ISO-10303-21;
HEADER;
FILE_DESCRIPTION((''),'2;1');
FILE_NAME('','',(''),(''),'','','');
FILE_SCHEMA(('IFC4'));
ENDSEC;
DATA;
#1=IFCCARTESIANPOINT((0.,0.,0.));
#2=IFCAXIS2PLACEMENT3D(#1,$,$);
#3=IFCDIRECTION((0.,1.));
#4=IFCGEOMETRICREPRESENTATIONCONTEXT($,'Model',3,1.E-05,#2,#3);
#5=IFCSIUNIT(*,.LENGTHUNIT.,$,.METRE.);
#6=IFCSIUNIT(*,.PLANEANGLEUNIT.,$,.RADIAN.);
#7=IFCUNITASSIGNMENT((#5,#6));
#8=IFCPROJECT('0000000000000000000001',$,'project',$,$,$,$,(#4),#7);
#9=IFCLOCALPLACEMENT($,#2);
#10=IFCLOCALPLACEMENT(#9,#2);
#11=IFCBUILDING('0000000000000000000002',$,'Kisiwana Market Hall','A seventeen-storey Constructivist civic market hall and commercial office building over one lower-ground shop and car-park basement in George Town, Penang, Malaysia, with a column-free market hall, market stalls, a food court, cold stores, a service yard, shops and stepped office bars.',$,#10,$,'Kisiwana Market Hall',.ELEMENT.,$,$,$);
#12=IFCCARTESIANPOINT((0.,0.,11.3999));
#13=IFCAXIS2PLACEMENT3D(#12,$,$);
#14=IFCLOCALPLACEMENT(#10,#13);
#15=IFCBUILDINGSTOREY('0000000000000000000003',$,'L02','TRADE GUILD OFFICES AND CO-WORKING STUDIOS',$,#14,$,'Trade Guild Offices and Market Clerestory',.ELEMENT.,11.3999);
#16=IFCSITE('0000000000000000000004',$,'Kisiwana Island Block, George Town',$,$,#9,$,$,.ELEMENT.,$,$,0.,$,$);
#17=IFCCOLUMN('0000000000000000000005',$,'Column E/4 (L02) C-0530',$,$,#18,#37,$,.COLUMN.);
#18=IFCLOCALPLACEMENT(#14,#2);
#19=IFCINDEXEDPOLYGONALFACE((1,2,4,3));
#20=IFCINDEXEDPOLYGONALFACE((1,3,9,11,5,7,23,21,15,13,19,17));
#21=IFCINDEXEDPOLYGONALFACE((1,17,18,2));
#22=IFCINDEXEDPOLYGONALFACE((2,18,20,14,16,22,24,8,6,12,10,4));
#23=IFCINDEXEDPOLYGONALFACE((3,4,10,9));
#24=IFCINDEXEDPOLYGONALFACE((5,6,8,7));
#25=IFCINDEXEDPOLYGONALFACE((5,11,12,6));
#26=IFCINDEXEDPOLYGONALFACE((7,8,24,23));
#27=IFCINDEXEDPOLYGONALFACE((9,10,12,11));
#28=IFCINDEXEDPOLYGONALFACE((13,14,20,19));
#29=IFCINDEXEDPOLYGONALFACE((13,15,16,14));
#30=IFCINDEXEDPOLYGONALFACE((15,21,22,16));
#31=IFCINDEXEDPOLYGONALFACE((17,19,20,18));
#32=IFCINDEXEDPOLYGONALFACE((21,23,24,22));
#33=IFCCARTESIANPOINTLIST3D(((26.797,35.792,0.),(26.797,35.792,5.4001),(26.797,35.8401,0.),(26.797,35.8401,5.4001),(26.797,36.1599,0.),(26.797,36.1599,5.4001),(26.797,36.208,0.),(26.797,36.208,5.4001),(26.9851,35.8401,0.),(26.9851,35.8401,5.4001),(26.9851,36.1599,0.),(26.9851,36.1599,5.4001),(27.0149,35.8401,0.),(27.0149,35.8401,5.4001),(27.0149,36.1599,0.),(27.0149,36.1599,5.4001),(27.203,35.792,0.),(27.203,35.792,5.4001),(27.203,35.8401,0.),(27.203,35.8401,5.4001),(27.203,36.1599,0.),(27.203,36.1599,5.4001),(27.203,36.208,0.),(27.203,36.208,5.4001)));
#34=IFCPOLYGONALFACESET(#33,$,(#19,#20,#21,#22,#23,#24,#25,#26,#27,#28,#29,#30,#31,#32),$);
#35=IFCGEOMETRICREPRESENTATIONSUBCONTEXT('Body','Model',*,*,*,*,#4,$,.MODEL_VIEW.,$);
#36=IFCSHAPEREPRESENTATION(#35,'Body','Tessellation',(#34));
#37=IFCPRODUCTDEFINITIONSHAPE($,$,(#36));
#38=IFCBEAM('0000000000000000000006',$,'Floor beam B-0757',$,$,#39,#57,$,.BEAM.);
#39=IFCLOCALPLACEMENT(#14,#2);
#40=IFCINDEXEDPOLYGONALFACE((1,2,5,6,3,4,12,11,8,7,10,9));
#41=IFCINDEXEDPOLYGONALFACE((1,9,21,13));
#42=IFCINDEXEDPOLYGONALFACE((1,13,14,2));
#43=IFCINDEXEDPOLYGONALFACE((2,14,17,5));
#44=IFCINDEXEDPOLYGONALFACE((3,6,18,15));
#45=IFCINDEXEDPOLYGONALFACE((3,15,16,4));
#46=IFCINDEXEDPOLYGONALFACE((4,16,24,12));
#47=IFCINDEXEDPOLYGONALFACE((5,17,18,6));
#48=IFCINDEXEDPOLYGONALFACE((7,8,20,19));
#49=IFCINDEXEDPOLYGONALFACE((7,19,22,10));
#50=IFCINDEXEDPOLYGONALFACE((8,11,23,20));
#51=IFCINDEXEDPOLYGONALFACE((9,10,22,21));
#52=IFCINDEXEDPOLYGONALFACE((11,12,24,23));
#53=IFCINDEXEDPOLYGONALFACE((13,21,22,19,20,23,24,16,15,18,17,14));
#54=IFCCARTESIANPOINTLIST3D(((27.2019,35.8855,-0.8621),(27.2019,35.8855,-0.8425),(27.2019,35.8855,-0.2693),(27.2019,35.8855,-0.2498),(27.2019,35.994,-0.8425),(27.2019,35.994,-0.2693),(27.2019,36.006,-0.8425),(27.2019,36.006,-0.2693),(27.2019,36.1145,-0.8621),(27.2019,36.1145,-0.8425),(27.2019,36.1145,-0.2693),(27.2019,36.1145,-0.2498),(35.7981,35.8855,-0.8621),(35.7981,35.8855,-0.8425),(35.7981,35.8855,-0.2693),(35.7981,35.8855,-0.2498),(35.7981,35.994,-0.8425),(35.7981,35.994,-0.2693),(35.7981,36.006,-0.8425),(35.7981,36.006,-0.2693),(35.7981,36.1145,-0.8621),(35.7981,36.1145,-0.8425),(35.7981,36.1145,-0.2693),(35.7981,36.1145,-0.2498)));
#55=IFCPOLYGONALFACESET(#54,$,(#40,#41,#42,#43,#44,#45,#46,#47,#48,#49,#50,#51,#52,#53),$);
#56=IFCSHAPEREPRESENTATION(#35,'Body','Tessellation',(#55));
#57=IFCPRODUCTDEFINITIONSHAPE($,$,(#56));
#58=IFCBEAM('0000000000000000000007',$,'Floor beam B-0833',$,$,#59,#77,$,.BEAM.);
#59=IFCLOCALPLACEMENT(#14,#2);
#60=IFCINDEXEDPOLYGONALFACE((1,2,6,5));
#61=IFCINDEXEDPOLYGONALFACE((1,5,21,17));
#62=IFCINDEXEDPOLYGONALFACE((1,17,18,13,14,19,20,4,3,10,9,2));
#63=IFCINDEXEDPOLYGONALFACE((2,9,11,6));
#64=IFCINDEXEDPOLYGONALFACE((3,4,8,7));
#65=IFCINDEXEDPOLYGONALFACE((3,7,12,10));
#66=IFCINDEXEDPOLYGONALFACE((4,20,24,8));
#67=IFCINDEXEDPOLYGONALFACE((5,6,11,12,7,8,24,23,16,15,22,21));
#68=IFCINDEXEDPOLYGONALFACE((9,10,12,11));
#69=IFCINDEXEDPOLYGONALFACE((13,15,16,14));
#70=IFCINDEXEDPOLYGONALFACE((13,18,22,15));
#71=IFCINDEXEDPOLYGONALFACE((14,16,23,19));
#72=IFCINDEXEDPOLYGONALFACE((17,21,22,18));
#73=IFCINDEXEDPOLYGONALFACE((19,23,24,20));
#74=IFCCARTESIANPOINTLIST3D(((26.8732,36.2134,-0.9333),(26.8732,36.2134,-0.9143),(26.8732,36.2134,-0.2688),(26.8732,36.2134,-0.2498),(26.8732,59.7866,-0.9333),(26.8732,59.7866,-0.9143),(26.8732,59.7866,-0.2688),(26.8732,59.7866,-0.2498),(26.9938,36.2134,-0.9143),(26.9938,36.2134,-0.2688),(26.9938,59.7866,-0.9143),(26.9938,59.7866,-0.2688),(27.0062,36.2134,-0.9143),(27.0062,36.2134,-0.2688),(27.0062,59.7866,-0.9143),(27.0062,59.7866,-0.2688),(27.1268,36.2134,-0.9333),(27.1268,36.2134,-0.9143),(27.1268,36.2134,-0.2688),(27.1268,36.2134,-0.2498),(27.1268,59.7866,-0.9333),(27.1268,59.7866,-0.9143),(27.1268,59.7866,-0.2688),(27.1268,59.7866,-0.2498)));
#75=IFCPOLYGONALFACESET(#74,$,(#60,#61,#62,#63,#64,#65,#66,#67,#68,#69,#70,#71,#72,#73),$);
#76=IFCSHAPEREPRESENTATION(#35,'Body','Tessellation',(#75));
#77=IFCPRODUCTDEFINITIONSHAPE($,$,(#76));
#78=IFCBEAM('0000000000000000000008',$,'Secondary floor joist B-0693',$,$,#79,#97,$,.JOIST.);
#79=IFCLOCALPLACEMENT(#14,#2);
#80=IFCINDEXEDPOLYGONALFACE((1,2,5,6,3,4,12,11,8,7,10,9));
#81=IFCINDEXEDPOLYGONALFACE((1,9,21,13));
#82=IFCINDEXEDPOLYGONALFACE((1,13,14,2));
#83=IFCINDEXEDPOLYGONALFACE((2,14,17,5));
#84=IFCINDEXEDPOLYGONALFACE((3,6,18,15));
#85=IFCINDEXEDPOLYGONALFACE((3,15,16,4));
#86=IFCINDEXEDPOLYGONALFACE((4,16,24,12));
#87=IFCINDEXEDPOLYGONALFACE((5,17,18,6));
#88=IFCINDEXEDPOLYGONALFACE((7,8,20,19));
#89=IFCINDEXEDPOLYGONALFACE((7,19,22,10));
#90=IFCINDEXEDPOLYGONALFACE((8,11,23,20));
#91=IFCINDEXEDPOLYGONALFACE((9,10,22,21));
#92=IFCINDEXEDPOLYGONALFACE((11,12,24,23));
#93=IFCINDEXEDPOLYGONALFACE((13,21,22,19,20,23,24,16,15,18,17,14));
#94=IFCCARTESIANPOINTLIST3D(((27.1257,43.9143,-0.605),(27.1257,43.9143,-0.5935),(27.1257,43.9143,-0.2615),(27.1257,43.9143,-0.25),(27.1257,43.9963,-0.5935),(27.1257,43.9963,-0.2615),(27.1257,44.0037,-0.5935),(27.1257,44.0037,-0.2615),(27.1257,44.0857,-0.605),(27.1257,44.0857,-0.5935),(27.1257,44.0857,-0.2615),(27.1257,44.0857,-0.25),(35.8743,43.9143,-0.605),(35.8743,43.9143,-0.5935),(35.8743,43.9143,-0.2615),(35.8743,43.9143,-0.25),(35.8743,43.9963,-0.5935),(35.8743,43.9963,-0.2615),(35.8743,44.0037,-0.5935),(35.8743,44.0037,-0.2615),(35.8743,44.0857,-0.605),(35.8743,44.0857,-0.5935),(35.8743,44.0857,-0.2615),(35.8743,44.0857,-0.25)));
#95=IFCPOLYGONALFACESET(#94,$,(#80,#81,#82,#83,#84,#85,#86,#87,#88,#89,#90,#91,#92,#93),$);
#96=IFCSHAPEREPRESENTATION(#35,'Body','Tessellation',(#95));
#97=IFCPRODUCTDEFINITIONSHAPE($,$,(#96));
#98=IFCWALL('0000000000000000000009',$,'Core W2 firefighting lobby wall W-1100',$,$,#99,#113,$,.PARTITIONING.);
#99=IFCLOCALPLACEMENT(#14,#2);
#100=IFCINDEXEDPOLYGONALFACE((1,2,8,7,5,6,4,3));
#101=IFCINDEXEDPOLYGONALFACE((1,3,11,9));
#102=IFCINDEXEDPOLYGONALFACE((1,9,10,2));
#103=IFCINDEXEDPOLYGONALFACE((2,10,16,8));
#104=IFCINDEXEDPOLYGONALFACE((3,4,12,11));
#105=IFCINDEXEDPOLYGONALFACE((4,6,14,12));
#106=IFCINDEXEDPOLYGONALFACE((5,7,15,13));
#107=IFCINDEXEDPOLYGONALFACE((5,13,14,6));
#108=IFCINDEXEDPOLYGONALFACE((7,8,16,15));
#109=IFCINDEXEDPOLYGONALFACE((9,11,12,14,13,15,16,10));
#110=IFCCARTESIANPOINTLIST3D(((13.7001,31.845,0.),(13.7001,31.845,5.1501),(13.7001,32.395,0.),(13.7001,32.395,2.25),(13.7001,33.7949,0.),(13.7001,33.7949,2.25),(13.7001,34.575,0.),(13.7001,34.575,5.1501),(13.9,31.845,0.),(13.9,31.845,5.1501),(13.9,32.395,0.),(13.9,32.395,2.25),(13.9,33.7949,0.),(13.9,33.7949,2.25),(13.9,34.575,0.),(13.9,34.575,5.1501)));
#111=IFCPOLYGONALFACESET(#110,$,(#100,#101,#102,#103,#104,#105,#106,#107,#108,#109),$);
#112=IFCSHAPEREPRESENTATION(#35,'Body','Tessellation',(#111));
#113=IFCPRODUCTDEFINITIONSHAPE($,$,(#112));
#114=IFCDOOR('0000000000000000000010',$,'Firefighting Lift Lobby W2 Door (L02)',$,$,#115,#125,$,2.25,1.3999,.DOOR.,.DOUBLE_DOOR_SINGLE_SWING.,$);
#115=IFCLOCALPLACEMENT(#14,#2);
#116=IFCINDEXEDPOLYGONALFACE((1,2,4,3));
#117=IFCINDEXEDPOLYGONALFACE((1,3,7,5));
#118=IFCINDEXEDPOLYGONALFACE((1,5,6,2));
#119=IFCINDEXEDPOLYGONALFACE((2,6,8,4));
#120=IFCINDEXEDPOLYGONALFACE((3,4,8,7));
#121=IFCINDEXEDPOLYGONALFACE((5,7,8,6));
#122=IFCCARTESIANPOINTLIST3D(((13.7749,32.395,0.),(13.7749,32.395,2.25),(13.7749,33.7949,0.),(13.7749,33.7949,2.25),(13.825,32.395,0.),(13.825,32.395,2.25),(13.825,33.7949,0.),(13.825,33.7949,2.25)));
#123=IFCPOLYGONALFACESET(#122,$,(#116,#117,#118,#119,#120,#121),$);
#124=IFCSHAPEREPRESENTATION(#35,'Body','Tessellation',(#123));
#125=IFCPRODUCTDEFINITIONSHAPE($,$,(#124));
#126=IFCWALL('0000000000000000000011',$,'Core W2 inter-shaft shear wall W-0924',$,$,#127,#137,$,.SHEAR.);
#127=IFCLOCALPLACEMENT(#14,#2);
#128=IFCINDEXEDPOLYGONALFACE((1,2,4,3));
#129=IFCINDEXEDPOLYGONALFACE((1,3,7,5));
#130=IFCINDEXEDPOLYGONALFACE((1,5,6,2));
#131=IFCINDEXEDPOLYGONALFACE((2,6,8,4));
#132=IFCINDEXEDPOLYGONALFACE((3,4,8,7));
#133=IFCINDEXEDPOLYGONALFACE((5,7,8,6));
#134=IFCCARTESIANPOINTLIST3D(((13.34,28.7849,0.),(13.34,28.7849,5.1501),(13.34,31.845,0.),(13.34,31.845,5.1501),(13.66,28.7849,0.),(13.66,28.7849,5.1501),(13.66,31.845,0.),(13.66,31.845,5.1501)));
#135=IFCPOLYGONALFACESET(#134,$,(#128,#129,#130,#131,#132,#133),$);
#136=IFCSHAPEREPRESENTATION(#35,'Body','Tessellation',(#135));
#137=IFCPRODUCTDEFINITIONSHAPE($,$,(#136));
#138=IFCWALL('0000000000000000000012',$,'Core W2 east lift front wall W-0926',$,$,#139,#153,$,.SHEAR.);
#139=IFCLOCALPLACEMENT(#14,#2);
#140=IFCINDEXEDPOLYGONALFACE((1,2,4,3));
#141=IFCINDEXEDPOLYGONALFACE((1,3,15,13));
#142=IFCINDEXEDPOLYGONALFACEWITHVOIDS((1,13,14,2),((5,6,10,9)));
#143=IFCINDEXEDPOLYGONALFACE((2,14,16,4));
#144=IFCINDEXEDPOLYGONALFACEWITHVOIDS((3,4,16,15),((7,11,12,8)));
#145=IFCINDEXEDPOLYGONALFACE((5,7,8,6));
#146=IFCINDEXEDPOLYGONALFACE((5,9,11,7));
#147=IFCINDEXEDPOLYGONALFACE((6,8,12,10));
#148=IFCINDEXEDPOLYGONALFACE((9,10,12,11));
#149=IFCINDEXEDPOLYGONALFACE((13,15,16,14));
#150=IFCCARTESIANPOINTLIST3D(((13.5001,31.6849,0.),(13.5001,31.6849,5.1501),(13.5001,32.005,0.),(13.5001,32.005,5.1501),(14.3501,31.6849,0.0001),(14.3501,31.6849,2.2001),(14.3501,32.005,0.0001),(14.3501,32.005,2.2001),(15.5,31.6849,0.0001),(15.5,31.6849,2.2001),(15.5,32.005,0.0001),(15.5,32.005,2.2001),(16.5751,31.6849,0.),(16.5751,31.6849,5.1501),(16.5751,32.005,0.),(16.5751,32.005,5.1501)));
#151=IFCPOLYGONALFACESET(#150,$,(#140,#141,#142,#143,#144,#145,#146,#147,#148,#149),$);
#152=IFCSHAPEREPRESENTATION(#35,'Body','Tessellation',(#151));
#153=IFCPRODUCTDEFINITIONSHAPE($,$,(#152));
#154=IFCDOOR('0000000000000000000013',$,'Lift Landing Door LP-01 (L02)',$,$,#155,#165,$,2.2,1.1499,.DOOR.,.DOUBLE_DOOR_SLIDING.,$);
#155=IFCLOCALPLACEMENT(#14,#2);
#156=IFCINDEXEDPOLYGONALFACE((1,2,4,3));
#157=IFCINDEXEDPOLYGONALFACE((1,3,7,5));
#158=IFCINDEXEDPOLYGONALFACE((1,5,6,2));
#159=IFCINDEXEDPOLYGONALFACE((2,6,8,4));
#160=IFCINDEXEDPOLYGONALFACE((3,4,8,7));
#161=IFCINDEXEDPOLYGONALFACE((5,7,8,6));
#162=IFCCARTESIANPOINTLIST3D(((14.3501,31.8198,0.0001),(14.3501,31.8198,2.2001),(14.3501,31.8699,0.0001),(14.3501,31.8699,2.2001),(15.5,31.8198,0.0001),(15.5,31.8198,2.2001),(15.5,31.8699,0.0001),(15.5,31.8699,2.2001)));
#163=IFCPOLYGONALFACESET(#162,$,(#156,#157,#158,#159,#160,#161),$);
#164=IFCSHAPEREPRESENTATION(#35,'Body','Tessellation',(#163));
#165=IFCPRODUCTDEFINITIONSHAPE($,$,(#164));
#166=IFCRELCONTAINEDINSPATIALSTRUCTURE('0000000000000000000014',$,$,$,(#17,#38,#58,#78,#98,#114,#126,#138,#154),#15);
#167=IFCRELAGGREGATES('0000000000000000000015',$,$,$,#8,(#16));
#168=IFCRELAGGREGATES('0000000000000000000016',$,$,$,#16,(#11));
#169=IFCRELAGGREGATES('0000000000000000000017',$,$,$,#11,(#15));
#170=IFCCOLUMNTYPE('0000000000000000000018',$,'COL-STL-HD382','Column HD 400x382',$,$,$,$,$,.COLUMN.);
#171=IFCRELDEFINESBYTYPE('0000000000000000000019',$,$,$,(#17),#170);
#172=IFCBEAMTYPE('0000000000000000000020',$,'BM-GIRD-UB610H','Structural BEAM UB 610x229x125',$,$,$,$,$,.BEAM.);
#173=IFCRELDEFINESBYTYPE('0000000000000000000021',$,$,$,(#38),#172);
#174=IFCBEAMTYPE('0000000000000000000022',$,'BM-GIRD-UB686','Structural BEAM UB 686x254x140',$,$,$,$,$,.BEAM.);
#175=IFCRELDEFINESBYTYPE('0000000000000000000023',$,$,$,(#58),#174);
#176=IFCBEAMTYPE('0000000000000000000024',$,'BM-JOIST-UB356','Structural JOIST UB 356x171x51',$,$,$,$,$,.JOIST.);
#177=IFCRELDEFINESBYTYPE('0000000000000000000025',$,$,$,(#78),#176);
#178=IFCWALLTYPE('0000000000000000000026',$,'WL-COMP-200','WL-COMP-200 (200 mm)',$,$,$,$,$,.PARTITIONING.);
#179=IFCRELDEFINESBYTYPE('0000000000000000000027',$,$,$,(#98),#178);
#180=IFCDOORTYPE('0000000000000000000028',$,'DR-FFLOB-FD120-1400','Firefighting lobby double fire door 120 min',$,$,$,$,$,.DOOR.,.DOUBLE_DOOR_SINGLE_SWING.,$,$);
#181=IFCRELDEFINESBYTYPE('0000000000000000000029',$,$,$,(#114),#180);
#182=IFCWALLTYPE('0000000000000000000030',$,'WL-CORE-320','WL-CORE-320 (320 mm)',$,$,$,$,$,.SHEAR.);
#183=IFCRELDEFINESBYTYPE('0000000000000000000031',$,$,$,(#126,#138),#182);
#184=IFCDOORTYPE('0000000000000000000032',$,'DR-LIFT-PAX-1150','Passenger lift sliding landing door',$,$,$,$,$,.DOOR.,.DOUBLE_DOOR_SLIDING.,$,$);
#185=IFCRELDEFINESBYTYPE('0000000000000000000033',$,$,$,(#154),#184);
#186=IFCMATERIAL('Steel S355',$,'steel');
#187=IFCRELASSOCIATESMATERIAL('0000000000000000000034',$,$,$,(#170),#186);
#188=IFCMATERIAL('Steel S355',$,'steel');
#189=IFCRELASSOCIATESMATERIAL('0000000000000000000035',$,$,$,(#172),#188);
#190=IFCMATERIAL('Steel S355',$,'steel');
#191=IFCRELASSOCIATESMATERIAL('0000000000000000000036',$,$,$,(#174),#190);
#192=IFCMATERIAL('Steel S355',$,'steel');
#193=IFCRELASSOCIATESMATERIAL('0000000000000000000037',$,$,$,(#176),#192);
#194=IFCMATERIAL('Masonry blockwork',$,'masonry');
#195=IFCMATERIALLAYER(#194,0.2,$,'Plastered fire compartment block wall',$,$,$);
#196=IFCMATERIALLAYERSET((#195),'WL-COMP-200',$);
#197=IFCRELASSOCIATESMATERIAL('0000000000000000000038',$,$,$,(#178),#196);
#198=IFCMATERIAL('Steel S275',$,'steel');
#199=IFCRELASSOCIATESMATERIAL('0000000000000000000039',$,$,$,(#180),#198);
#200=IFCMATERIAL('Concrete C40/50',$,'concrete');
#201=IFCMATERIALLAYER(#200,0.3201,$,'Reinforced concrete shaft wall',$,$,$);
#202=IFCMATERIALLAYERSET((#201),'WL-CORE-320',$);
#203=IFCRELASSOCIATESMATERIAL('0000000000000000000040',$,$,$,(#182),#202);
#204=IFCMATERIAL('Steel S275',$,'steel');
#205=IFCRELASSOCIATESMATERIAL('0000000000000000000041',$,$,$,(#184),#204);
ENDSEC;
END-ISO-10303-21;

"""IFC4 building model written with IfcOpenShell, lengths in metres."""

from ifc_helpers import new_model, si_unit, direction, frame, frame_2d, origin, origin_2d, place, context, subcontext, project, spatial, rectangle, i_section, extrude, material, layer, layer_set, material_profile, profile_set, type_object, element, fill, save


model = new_model("IFC4")

# Units and contexts
model_context = context("Model", 3, precision=1e-05, world=origin(), true_north=direction((0.0, 1.0)))
body_context = subcontext(model_context, "Body", "Model", "MODEL_VIEW")
ifc_project = project(units=[si_unit("LENGTHUNIT", "METRE"), si_unit("PLANEANGLEUNIT", "RADIAN")], contexts=[model_context])

# Site, building, storey
site_placement = place(None, origin())
site = spatial("IfcSite", under=ifc_project, at=site_placement, Name="Kisiwana Island Block, George Town", CompositionType="ELEMENT", RefElevation=0.0)
building_placement = place(site_placement, origin())
building = spatial("IfcBuilding", under=site, at=building_placement, Name="Kisiwana Market Hall", Description="A seventeen-storey Constructivist civic market hall and commercial office building over one lower-ground shop and car-park basement in George Town, Penang, Malaysia, with a column-free market hall, market stalls, a food court, cold stores, a service yard, shops and stepped office bars.", LongName="Kisiwana Market Hall", CompositionType="ELEMENT")
storey_placement = place(building_placement, frame((0.0, 0.0, 11.3999)))
storey = spatial("IfcBuildingStorey", under=building, at=storey_placement, Name="L02", Description="TRADE GUILD OFFICES AND CO-WORKING STUDIOS", LongName="Trade Guild Offices and Market Clerestory", CompositionType="ELEMENT", Elevation=11.3999)

# Column
ifc_material_1 = material(Name="Steel S355", Category="steel")
ifc_material_profile_1 = material_profile(ifc_material_1, i_section(OverallWidth=0.406, OverallDepth=0.416, WebThickness=0.0298, FlangeThickness=0.0481, at=origin_2d()), Name="HD 400x382")
ifc_profile_set_1 = profile_set([ifc_material_profile_1], Name="Steel S355")
column_type = type_object("IfcColumnType", Name="COL-STL-HD382", Description="Column HD 400x382", PredefinedType="COLUMN", material=ifc_profile_set_1)
column_placement = place(storey_placement, frame((27.0, 36.0, 0.0), z_axis=(0.0, 0.0, 1.0), x_axis=(1.0, 0.0, 0.0)))
element("IfcColumn", 1, at=column_placement, inside=storey, type_object=column_type, Name="Column E/4 (L02) C-0530", PredefinedType="COLUMN", context=body_context, shape_type="SweptSolid", body=[
    extrude(i_section(OverallWidth=0.406, OverallDepth=0.416, WebThickness=0.0298, FlangeThickness=0.0481, at=origin_2d()), origin(), (0.0, 0.0, 1.0), 5.4001),
])

# Beams
ifc_material_2 = material(Name="Steel S355", Category="steel")
ifc_material_profile_2 = material_profile(ifc_material_2, i_section(OverallWidth=0.229, OverallDepth=0.6123, WebThickness=0.012, FlangeThickness=0.0195, at=origin_2d()), Name="UB 610x229x125")
ifc_profile_set_2 = profile_set([ifc_material_profile_2], Name="Steel S355")
beam_type_1 = type_object("IfcBeamType", Name="BM-GIRD-UB610H", Description="Structural BEAM UB 610x229x125", PredefinedType="BEAM", material=ifc_profile_set_2)
beam_1_placement = place(storey_placement, frame((27.2019, 36.0, -0.5559), z_axis=(1.0, 0.0, 0.0), x_axis=(0.0, 1.0, 0.0)))
element("IfcBeam", 2, at=beam_1_placement, inside=storey, type_object=beam_type_1, Name="Floor beam B-0757", PredefinedType="BEAM", context=body_context, shape_type="SweptSolid", body=[
    extrude(i_section(OverallWidth=0.229, OverallDepth=0.6123, WebThickness=0.012, FlangeThickness=0.0195, at=origin_2d()), origin(), (0.0, 0.0, 1.0), 8.5962),
])
ifc_material_3 = material(Name="Steel S355", Category="steel")
ifc_material_profile_3 = material_profile(ifc_material_3, i_section(OverallWidth=0.2537, OverallDepth=0.6836, WebThickness=0.0125, FlangeThickness=0.019, at=origin_2d()), Name="UB 686x254x140")
ifc_profile_set_3 = profile_set([ifc_material_profile_3], Name="Steel S355")
beam_type_2 = type_object("IfcBeamType", Name="BM-GIRD-UB686", Description="Structural BEAM UB 686x254x140", PredefinedType="BEAM", material=ifc_profile_set_3)
beam_2_placement = place(storey_placement, frame((27.0, 36.2134, -0.5916), z_axis=(0.0, 1.0, 0.0), x_axis=(-1.0, 0.0, 0.0)))
element("IfcBeam", 3, at=beam_2_placement, inside=storey, type_object=beam_type_2, Name="Floor beam B-0833", PredefinedType="BEAM", context=body_context, shape_type="SweptSolid", body=[
    extrude(i_section(OverallWidth=0.2537, OverallDepth=0.6836, WebThickness=0.0125, FlangeThickness=0.019, at=origin_2d()), origin(), (0.0, 0.0, 1.0), 23.5732),
])
ifc_material_4 = material(Name="Steel S355", Category="steel")
ifc_material_profile_4 = material_profile(ifc_material_4, i_section(OverallWidth=0.1714, OverallDepth=0.355, WebThickness=0.0073, FlangeThickness=0.0115, at=origin_2d()), Name="UB 356x171x51")
ifc_profile_set_4 = profile_set([ifc_material_profile_4], Name="Steel S355")
beam_type_3 = type_object("IfcBeamType", Name="BM-JOIST-UB356", Description="Structural JOIST UB 356x171x51", PredefinedType="JOIST", material=ifc_profile_set_4)
beam_3_placement = place(storey_placement, frame((27.1257, 44.0, -0.4275), z_axis=(1.0, 0.0, 0.0), x_axis=(0.0, 1.0, 0.0)))
element("IfcBeam", 4, at=beam_3_placement, inside=storey, type_object=beam_type_3, Name="Secondary floor joist B-0693", PredefinedType="JOIST", context=body_context, shape_type="SweptSolid", body=[
    extrude(i_section(OverallWidth=0.1714, OverallDepth=0.355, WebThickness=0.0073, FlangeThickness=0.0115, at=origin_2d()), origin(), (0.0, 0.0, 1.0), 8.7485),
])

# Wall, opening, door
ifc_material_5 = material(Name="Masonry blockwork", Category="masonry")
ifc_layer_1 = layer(ifc_material_5, 0.2, Name="Plastered fire compartment block wall")
ifc_layer_set_1 = layer_set([ifc_layer_1], Name="WL-COMP-200")
wall_type_1 = type_object("IfcWallType", Name="WL-COMP-200", Description="WL-COMP-200 (200 mm)", PredefinedType="PARTITIONING", material=ifc_layer_set_1)
wall_1_placement = place(storey_placement, frame((13.8, 31.845, 0.0), z_axis=(0.0, 0.0, 1.0), x_axis=(0.0, 1.0, 0.0)))
wall_1 = element("IfcWall", 5, at=wall_1_placement, inside=storey, type_object=wall_type_1, Name="Core W2 firefighting lobby wall W-1100", PredefinedType="PARTITIONING", context=body_context, shape_type="SweptSolid", body=[
    extrude(rectangle(XDim=2.73, YDim=0.2, at=frame_2d((1.365, 0.0))), origin(), (0.0, 0.0, 1.0), 5.1501),
])
opening_1_placement = place(wall_1_placement, frame((0.55, 0.0, 0.0)))
opening_1 = element("IfcOpeningElement", 6, at=opening_1_placement, cuts=wall_1, PredefinedType="OPENING", context=body_context, shape_type="SweptSolid", body=[
    extrude(rectangle(XDim=1.3999, YDim=2.25, at=frame_2d((0.7, 1.125))), frame((0.0, 0.1118, 0.0), z_axis=(0.0, -1.0, 0.0), x_axis=(1.0, 0.0, 0.0)), (0.0, 0.0, 1.0), 0.2239),
])
ifc_material_6 = material(Name="Steel S275", Category="steel")
door_type_1 = type_object("IfcDoorType", Name="DR-FFLOB-FD120-1400", Description="Firefighting lobby double fire door 120 min", OperationType="DOUBLE_DOOR_SINGLE_SWING", PredefinedType="DOOR", material=ifc_material_6)
door_1_placement = place(opening_1_placement, frame((1.3999, 0.0, 0.0), z_axis=(0.0, 0.0, 1.0), x_axis=(-1.0, 0.0, 0.0)))
door_1 = element("IfcDoor", 7, at=door_1_placement, inside=storey, type_object=door_type_1, Name="Firefighting Lift Lobby W2 Door (L02)", OperationType="DOUBLE_DOOR_SINGLE_SWING", OverallHeight=2.25, OverallWidth=1.3999, PredefinedType="DOOR", context=body_context, shape_type="SweptSolid", body=[
    extrude(rectangle(XDim=1.3999, YDim=2.25, at=frame_2d((0.7, 1.125))), frame((0.0, 0.0249, 0.0), z_axis=(0.0, -1.0, 0.0), x_axis=(1.0, 0.0, 0.0)), (0.0, 0.0, 1.0), 0.05),
])
fill(opening_1, door_1)

# Wall
ifc_material_7 = material(Name="Concrete C40/50", Category="concrete")
ifc_layer_2 = layer(ifc_material_7, 0.3201, Name="Reinforced concrete shaft wall")
ifc_layer_set_2 = layer_set([ifc_layer_2], Name="WL-CORE-320")
wall_type_2 = type_object("IfcWallType", Name="WL-CORE-320", Description="WL-CORE-320 (320 mm)", PredefinedType="SHEAR", material=ifc_layer_set_2)
wall_2_placement = place(storey_placement, frame((13.5, 28.7849, 0.0), z_axis=(0.0, 0.0, 1.0), x_axis=(0.0, 1.0, 0.0)))
element("IfcWall", 8, at=wall_2_placement, inside=storey, type_object=wall_type_2, Name="Core W2 inter-shaft shear wall W-0924", PredefinedType="SHEAR", context=body_context, shape_type="SweptSolid", body=[
    extrude(rectangle(XDim=3.0601, YDim=0.3201, at=frame_2d((1.53, 0.0))), origin(), (0.0, 0.0, 1.0), 5.1501),
])

# Wall, opening, door
wall_3_placement = place(storey_placement, frame((13.5, 31.845, 0.0), z_axis=(0.0, 0.0, 1.0), x_axis=(1.0, 0.0, 0.0)))
wall_3 = element("IfcWall", 9, at=wall_3_placement, inside=storey, type_object=wall_type_2, Name="Core W2 east lift front wall W-0926", PredefinedType="SHEAR", context=body_context, shape_type="SweptSolid", body=[
    extrude(rectangle(XDim=3.075, YDim=0.3201, at=frame_2d((1.5376, 0.0))), origin(), (0.0, 0.0, 1.0), 5.1501),
])
opening_2_placement = place(wall_3_placement, frame((0.8501, 0.0, 0.0)))
opening_2 = element("IfcOpeningElement", 10, at=opening_2_placement, cuts=wall_3, PredefinedType="OPENING", context=body_context, shape_type="SweptSolid", body=[
    extrude(rectangle(XDim=1.1499, YDim=2.2, at=frame_2d((0.575, 1.1001))), frame((0.0, 0.1719, 0.0), z_axis=(0.0, -1.0, 0.0), x_axis=(1.0, 0.0, 0.0)), (0.0, 0.0, 1.0), 0.344),
])
ifc_material_8 = material(Name="Steel S275", Category="steel")
door_type_2 = type_object("IfcDoorType", Name="DR-LIFT-PAX-1150", Description="Passenger lift sliding landing door", OperationType="DOUBLE_DOOR_SLIDING", PredefinedType="DOOR", material=ifc_material_8)
door_2_placement = place(opening_2_placement, origin())
door_2 = element("IfcDoor", 11, at=door_2_placement, inside=storey, type_object=door_type_2, Name="Lift Landing Door LP-01 (L02)", OperationType="DOUBLE_DOOR_SLIDING", OverallHeight=2.2, OverallWidth=1.1499, PredefinedType="DOOR", context=body_context, shape_type="SweptSolid", body=[
    extrude(rectangle(XDim=1.1499, YDim=2.2, at=frame_2d((0.575, 1.1001))), frame((0.0, 0.0249, 0.0), z_axis=(0.0, -1.0, 0.0), x_axis=(1.0, 0.0, 0.0)), (0.0, 0.0, 1.0), 0.05),
])
fill(opening_2, door_2)

save(model, "model.ifc")
